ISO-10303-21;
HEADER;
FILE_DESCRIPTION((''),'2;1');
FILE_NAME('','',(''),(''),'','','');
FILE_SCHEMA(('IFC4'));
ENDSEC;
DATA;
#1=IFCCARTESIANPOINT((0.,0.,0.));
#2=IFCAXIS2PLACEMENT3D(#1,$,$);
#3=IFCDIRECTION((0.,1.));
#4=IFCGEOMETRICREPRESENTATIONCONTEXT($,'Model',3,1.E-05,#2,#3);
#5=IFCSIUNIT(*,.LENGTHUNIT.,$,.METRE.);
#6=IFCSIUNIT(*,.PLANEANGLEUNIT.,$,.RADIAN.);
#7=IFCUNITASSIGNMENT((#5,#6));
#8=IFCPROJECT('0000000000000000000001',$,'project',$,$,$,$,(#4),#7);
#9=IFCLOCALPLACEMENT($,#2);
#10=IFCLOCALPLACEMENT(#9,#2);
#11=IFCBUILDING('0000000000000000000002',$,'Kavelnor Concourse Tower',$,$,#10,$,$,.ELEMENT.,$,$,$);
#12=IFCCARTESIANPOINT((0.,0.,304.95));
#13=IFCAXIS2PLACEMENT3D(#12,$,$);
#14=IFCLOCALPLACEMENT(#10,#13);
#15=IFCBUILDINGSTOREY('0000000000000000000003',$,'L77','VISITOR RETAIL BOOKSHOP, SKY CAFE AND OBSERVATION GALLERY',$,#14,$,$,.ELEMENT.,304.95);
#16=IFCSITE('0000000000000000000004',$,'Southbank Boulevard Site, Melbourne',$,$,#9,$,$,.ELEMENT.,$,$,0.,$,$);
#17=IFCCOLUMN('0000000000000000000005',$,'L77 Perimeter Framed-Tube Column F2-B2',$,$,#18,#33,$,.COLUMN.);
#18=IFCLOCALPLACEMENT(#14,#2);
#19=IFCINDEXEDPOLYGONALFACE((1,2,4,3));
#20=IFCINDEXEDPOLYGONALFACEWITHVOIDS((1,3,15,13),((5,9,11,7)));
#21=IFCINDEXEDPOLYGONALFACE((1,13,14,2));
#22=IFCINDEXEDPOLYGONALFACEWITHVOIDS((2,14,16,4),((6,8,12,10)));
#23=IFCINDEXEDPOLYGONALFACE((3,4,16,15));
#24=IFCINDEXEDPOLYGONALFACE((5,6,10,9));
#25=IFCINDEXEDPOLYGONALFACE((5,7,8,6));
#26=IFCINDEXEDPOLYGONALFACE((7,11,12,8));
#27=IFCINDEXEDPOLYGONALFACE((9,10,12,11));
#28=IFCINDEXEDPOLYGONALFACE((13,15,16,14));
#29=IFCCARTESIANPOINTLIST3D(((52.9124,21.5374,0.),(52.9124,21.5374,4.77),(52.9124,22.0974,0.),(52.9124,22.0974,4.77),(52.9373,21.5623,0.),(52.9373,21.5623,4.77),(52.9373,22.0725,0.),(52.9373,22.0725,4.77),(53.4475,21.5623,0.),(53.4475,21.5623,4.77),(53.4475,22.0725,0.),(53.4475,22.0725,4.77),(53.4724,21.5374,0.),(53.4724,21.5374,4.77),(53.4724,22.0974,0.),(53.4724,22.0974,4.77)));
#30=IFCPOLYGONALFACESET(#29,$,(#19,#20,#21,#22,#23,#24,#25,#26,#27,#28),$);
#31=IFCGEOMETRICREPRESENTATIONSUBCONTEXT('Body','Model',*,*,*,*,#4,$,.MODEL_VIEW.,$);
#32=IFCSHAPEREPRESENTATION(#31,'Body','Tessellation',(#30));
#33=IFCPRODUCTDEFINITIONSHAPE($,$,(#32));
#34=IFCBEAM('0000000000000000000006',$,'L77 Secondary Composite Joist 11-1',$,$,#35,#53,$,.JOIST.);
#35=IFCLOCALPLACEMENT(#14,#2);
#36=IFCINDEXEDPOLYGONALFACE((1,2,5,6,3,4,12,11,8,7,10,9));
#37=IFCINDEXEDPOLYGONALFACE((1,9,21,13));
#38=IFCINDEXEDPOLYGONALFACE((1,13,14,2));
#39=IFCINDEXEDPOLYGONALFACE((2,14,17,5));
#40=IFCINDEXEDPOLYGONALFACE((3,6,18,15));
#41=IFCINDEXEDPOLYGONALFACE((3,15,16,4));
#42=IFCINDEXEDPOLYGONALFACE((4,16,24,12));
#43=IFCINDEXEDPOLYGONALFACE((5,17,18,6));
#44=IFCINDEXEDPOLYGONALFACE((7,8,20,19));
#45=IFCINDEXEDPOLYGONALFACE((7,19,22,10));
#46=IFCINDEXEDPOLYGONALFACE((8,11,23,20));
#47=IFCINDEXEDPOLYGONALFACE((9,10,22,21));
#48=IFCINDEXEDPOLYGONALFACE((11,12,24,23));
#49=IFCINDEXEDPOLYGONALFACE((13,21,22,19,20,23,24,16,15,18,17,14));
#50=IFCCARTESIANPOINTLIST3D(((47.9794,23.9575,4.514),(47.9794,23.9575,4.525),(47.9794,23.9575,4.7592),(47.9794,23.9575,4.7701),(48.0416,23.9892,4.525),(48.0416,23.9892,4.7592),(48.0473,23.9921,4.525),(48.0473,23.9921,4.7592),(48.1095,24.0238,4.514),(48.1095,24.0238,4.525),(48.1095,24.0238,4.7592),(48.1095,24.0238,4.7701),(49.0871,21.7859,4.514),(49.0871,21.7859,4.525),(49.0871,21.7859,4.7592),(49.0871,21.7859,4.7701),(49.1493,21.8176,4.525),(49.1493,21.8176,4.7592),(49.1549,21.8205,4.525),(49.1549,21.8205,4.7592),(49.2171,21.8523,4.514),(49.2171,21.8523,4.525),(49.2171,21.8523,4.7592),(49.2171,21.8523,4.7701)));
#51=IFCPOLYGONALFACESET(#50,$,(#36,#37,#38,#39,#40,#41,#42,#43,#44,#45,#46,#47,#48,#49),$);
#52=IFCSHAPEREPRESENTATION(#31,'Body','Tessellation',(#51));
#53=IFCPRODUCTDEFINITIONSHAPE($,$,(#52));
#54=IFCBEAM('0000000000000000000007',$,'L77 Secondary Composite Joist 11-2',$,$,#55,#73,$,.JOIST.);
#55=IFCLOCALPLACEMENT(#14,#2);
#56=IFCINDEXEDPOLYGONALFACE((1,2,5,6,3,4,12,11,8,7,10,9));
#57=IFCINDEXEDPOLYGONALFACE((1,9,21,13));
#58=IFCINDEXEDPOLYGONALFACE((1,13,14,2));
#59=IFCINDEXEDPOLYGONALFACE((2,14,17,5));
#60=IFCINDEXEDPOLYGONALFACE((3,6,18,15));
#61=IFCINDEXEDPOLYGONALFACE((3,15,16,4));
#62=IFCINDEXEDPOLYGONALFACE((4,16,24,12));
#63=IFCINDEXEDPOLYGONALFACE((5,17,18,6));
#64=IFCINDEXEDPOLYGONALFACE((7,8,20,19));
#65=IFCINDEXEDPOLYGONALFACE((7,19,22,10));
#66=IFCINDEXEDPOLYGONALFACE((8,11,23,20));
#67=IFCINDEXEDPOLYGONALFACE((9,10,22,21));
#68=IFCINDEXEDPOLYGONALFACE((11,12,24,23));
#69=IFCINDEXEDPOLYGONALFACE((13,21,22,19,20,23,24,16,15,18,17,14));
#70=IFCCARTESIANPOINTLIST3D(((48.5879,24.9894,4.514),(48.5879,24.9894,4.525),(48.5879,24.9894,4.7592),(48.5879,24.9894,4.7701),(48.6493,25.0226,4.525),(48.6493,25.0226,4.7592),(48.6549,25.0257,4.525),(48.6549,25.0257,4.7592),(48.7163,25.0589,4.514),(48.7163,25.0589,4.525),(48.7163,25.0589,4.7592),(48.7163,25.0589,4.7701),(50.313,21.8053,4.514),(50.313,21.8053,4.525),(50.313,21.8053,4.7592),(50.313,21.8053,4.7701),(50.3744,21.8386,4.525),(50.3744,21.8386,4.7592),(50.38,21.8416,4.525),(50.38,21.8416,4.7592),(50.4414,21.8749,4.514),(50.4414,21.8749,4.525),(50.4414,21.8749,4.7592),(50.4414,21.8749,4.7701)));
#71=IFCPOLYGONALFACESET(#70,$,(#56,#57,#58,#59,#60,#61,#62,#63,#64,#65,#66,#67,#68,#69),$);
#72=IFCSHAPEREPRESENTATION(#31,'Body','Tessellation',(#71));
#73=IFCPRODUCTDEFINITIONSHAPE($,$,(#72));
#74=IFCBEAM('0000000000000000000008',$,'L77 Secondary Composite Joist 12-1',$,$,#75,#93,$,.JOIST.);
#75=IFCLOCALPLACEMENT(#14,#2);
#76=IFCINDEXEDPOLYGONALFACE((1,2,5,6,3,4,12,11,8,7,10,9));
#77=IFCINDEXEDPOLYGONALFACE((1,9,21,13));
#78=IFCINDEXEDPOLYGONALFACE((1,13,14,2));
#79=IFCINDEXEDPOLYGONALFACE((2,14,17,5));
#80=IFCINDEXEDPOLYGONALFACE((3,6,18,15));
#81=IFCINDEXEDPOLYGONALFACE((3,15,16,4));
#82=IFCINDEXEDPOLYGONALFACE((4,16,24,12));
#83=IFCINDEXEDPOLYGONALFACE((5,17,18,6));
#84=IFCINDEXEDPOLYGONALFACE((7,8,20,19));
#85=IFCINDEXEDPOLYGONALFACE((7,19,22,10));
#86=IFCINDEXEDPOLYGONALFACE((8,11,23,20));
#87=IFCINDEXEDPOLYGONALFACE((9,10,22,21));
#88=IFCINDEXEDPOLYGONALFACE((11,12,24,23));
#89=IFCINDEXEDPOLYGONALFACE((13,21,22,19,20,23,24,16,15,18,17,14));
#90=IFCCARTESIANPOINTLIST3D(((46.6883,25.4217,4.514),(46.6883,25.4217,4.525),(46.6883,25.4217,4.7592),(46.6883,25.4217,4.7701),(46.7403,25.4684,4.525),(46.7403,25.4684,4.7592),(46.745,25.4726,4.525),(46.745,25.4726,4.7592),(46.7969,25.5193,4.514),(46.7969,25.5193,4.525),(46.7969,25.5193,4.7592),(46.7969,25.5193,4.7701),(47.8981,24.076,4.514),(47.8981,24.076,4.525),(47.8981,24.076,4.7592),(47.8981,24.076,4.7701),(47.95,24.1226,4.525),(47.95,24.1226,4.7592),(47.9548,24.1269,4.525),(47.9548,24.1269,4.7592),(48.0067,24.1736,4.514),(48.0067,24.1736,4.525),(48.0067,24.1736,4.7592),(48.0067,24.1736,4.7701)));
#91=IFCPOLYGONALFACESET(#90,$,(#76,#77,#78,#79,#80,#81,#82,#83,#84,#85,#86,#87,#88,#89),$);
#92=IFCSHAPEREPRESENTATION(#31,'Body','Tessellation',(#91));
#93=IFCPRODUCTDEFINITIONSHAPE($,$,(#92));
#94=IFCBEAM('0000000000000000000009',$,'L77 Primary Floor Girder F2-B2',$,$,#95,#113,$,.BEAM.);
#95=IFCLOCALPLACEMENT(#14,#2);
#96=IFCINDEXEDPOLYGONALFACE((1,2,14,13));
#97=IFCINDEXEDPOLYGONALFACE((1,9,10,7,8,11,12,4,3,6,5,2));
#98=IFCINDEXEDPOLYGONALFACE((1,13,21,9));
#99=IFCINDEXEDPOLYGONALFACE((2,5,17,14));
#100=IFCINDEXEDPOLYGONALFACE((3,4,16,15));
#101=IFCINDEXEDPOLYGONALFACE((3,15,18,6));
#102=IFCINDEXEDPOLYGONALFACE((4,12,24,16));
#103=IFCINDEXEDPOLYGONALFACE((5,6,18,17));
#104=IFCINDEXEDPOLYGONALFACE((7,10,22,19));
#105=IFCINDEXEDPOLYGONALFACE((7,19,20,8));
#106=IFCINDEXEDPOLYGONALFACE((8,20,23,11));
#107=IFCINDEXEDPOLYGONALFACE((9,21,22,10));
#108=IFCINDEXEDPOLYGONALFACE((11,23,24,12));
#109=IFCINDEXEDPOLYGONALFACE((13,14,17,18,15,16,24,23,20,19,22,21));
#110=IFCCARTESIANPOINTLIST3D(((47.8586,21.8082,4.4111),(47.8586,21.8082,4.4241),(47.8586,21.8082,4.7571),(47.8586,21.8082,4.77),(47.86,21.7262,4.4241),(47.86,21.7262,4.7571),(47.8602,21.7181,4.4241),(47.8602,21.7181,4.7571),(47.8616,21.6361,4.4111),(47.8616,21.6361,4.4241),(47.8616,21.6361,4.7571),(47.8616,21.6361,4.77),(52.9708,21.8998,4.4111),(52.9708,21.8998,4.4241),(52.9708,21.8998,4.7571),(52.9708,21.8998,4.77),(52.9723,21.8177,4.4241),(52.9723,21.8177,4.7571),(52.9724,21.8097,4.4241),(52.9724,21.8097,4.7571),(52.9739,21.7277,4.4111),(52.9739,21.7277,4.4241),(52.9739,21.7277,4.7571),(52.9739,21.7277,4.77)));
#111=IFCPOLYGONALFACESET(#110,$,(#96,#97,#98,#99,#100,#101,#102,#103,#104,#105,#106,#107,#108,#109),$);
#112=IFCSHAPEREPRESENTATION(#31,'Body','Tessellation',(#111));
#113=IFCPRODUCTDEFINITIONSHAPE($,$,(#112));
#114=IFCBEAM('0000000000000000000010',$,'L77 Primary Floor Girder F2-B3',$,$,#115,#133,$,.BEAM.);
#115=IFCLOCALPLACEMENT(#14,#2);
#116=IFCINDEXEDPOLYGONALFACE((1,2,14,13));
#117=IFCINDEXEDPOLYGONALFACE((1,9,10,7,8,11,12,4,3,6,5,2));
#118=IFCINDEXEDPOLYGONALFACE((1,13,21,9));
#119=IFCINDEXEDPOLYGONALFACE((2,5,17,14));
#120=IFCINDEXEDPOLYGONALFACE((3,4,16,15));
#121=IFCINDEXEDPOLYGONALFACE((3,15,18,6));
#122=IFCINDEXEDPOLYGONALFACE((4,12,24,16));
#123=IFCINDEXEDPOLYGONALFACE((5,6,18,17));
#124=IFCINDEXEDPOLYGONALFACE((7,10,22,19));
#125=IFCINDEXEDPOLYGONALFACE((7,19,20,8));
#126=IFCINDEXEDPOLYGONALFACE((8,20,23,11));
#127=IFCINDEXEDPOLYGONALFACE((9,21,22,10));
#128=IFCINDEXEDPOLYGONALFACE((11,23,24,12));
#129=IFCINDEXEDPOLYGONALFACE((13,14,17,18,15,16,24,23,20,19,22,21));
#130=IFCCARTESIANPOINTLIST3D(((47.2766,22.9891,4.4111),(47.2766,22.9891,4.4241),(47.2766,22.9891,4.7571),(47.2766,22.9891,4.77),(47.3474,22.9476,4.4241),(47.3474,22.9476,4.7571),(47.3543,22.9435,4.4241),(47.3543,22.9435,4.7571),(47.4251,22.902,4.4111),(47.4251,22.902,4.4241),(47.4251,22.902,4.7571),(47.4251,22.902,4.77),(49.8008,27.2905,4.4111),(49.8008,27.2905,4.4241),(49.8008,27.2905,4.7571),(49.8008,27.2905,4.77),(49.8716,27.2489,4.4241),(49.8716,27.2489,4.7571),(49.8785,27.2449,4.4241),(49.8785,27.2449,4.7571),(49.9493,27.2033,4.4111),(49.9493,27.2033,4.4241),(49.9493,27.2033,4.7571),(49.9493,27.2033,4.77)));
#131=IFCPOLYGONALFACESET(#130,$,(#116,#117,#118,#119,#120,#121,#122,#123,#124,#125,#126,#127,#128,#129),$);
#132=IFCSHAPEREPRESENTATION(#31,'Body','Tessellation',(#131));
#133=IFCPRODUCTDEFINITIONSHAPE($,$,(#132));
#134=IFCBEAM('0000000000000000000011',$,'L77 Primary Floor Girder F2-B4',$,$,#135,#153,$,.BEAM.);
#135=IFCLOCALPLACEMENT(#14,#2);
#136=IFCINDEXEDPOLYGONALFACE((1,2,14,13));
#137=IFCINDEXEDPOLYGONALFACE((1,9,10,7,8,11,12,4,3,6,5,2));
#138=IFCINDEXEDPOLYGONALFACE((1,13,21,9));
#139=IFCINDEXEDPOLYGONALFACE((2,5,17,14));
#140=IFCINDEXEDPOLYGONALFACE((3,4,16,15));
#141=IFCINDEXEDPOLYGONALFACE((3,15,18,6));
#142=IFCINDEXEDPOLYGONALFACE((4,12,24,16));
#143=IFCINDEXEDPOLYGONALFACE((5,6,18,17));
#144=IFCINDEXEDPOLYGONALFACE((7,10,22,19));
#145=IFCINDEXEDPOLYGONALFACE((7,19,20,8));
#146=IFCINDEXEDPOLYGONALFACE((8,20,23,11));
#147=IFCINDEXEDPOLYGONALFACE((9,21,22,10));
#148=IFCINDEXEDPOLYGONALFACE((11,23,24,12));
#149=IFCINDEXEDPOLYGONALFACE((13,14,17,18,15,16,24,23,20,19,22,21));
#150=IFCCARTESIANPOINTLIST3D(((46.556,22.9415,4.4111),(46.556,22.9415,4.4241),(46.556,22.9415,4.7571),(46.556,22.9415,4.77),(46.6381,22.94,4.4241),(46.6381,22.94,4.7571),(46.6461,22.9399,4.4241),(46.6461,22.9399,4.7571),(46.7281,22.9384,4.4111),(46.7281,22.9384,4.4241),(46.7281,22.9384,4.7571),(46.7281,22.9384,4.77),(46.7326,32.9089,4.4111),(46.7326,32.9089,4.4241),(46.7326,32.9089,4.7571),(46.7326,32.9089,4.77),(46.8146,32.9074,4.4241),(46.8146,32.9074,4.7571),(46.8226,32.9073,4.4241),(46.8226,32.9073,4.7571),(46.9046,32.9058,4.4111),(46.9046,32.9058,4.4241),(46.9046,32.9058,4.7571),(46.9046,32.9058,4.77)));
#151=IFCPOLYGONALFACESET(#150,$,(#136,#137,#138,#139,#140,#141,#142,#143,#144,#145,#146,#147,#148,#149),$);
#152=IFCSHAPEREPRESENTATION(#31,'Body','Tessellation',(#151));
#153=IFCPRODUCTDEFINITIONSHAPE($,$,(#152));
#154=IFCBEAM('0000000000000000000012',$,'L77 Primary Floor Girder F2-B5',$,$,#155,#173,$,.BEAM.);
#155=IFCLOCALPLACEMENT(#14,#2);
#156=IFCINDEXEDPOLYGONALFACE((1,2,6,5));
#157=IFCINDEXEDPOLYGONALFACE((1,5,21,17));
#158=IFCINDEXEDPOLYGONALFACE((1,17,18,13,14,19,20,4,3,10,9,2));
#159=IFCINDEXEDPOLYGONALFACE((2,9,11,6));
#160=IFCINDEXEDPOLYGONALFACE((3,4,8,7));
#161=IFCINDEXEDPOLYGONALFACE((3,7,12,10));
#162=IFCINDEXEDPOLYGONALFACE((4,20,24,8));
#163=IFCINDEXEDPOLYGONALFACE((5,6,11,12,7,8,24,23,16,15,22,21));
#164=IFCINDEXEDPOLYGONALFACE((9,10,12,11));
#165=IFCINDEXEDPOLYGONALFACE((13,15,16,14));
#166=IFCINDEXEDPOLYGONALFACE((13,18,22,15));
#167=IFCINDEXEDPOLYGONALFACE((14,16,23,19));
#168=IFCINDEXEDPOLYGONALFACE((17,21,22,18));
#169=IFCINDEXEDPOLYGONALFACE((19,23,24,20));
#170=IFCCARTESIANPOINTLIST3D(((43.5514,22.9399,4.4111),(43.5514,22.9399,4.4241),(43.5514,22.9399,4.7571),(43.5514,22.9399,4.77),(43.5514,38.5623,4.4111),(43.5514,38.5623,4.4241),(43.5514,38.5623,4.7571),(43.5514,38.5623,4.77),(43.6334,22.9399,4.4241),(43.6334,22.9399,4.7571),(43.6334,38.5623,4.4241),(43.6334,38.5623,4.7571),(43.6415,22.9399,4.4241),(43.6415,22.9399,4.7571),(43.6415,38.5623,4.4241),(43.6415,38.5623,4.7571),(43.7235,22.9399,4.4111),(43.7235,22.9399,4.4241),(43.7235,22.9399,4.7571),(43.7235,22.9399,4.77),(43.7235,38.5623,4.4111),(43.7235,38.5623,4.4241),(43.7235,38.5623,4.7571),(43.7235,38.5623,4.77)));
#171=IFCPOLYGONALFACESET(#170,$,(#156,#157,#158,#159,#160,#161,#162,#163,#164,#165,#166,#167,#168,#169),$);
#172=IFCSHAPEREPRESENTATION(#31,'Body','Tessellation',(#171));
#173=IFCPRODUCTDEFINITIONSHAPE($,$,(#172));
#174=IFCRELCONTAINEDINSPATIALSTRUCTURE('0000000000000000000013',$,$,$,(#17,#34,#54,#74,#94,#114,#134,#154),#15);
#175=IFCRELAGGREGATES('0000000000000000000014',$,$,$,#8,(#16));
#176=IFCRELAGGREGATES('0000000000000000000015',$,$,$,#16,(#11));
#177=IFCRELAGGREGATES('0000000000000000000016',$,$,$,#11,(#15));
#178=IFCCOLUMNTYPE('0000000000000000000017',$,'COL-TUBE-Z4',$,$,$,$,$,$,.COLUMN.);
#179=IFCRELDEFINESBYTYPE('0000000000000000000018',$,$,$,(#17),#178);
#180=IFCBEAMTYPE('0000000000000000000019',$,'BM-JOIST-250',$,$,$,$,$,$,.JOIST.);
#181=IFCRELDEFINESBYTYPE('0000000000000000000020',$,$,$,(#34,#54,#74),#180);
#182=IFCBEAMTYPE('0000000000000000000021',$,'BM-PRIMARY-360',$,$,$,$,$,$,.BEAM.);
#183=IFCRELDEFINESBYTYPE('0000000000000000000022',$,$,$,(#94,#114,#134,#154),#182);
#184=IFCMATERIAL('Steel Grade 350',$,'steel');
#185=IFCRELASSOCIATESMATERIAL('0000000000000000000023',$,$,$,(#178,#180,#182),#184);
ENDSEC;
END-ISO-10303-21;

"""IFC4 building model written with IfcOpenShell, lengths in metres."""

from ifc_helpers import new_model, si_unit, direction, frame, origin, origin_2d, place, context, subcontext, project, spatial, hollow_rectangle, i_section, extrude, material, material_profile, profile_set, type_object, element, save


model = new_model("IFC4")

# Units and contexts
model_context = context("Model", 3, precision=1e-05, world=origin(), true_north=direction((0.0, 1.0)))
body_context = subcontext(model_context, "Body", "Model", "MODEL_VIEW")
ifc_project = project(units=[si_unit("LENGTHUNIT", "METRE"), si_unit("PLANEANGLEUNIT", "RADIAN")], contexts=[model_context])

# Site, building, storey
site_placement = place(None, origin())
site = spatial("IfcSite", under=ifc_project, at=site_placement, Name="Southbank Boulevard Site, Melbourne", CompositionType="ELEMENT", RefElevation=0.0)
building_placement = place(site_placement, origin())
building = spatial("IfcBuilding", under=site, at=building_placement, Name="Kavelnor Concourse Tower", CompositionType="ELEMENT")
storey_placement = place(building_placement, frame((0.0, 0.0, 304.95)))
storey = spatial("IfcBuildingStorey", under=building, at=storey_placement, Name="L77", Description="VISITOR RETAIL BOOKSHOP, SKY CAFE AND OBSERVATION GALLERY", CompositionType="ELEMENT", Elevation=304.95)

# Column
ifc_material_1 = material(Name="Steel Grade 350", Category="steel")
ifc_material_profile_1 = material_profile(ifc_material_1, hollow_rectangle(XDim=0.5601, YDim=0.5601, WallThickness=0.0249, at=origin_2d()), Name="SHS 560x560x25")
ifc_profile_set_1 = profile_set([ifc_material_profile_1], Name="Steel Grade 350")
column_type = type_object("IfcColumnType", Name="COL-TUBE-Z4", PredefinedType="COLUMN", material=ifc_profile_set_1)
column_placement = place(storey_placement, frame((53.1924, 21.8174, 0.0), z_axis=(0.0, 0.0, 1.0), x_axis=(1.0, 0.0, 0.0)))
element("IfcColumn", 1, at=column_placement, inside=storey, type_object=column_type, Name="L77 Perimeter Framed-Tube Column F2-B2", PredefinedType="COLUMN", context=body_context, shape_type="SweptSolid", body=[
    extrude(hollow_rectangle(XDim=0.5601, YDim=0.5601, WallThickness=0.0249, at=origin_2d()), origin(), (0.0, 0.0, 1.0), 4.77),
])

# Beams
ifc_material_profile_2 = material_profile(ifc_material_1, i_section(OverallWidth=0.146, OverallDepth=0.2561, WebThickness=0.0063, FlangeThickness=0.011, at=origin_2d()), Name="250UB37")
ifc_profile_set_2 = profile_set([ifc_material_profile_2], Name="Steel Grade 350")
beam_type_1 = type_object("IfcBeamType", Name="BM-JOIST-250", PredefinedType="JOIST", material=ifc_profile_set_2)
beam_1_placement = place(storey_placement, frame((49.1521, 21.8191, 4.6421), z_axis=(-0.45437, 0.890813, 0.0), x_axis=(-0.890813, -0.45437, 0.0)))
element("IfcBeam", 2, at=beam_1_placement, inside=storey, type_object=beam_type_1, Name="L77 Secondary Composite Joist 11-1", PredefinedType="JOIST", context=body_context, shape_type="SweptSolid", body=[
    extrude(i_section(OverallWidth=0.146, OverallDepth=0.2561, WebThickness=0.0063, FlangeThickness=0.011, at=origin_2d()), origin(), (0.0, 0.0, 1.0), 2.4377),
])
beam_2_placement = place(storey_placement, frame((50.3772, 21.8401, 4.6421), z_axis=(-0.476366, 0.879247, 0.0), x_axis=(-0.879247, -0.476366, 0.0)))
element("IfcBeam", 3, at=beam_2_placement, inside=storey, type_object=beam_type_1, Name="L77 Secondary Composite Joist 11-2", PredefinedType="JOIST", context=body_context, shape_type="SweptSolid", body=[
    extrude(i_section(OverallWidth=0.146, OverallDepth=0.2561, WebThickness=0.0063, FlangeThickness=0.011, at=origin_2d()), origin(), (0.0, 0.0, 1.0), 3.6213),
])
beam_3_placement = place(storey_placement, frame((47.9524, 24.1248, 4.6421), z_axis=(-0.668532, 0.743683, 0.0), x_axis=(-0.743683, -0.668532, 0.0)))
element("IfcBeam", 4, at=beam_3_placement, inside=storey, type_object=beam_type_1, Name="L77 Secondary Composite Joist 12-1", PredefinedType="JOIST", context=body_context, shape_type="SweptSolid", body=[
    extrude(i_section(OverallWidth=0.146, OverallDepth=0.2561, WebThickness=0.0063, FlangeThickness=0.011, at=origin_2d()), origin(), (0.0, 0.0, 1.0), 1.8096),
])
ifc_material_profile_3 = material_profile(ifc_material_1, i_section(OverallWidth=0.1721, OverallDepth=0.3589, WebThickness=0.0081, FlangeThickness=0.0129, at=origin_2d()), Name="360UB56")
ifc_profile_set_3 = profile_set([ifc_material_profile_3], Name="Steel Grade 350")
beam_type_2 = type_object("IfcBeamType", Name="BM-PRIMARY-360", PredefinedType="BEAM", material=ifc_profile_set_3)
beam_4_placement = place(storey_placement, frame((47.8601, 21.7222, 4.5906), z_axis=(0.99984, 0.017905, 0.0), x_axis=(-0.017905, 0.99984, 0.0)))
element("IfcBeam", 5, at=beam_4_placement, inside=storey, type_object=beam_type_2, Name="L77 Primary Floor Girder F2-B2", PredefinedType="BEAM", context=body_context, shape_type="SweptSolid", body=[
    extrude(i_section(OverallWidth=0.1721, OverallDepth=0.3589, WebThickness=0.0081, FlangeThickness=0.0129, at=origin_2d()), origin(), (0.0, 0.0, 1.0), 5.113),
])
beam_5_placement = place(storey_placement, frame((47.3508, 22.9456, 4.5906), z_axis=(0.506128, 0.862459, 0.0), x_axis=(-0.862459, 0.506128, 0.0)))
element("IfcBeam", 6, at=beam_5_placement, inside=storey, type_object=beam_type_2, Name="L77 Primary Floor Girder F2-B3", PredefinedType="BEAM", context=body_context, shape_type="SweptSolid", body=[
    extrude(i_section(OverallWidth=0.1721, OverallDepth=0.3589, WebThickness=0.0081, FlangeThickness=0.0129, at=origin_2d()), origin(), (0.0, 0.0, 1.0), 4.9873),
])
beam_6_placement = place(storey_placement, frame((46.6421, 22.9399, 4.5906), z_axis=(0.017706, 0.999843, 0.0), x_axis=(-0.999843, 0.017706, 0.0)))
element("IfcBeam", 7, at=beam_6_placement, inside=storey, type_object=beam_type_2, Name="L77 Primary Floor Girder F2-B4", PredefinedType="BEAM", context=body_context, shape_type="SweptSolid", body=[
    extrude(i_section(OverallWidth=0.1721, OverallDepth=0.3589, WebThickness=0.0081, FlangeThickness=0.0129, at=origin_2d()), origin(), (0.0, 0.0, 1.0), 9.969),
])
beam_7_placement = place(storey_placement, frame((43.6375, 22.9399, 4.5906), z_axis=(0.0, 1.0, 0.0), x_axis=(-1.0, 0.0, 0.0)))
element("IfcBeam", 8, at=beam_7_placement, inside=storey, type_object=beam_type_2, Name="L77 Primary Floor Girder F2-B5", PredefinedType="BEAM", context=body_context, shape_type="SweptSolid", body=[
    extrude(i_section(OverallWidth=0.1721, OverallDepth=0.3589, WebThickness=0.0081, FlangeThickness=0.0129, at=origin_2d()), origin(), (0.0, 0.0, 1.0), 15.6223),
])

save(model, "model.ifc")
